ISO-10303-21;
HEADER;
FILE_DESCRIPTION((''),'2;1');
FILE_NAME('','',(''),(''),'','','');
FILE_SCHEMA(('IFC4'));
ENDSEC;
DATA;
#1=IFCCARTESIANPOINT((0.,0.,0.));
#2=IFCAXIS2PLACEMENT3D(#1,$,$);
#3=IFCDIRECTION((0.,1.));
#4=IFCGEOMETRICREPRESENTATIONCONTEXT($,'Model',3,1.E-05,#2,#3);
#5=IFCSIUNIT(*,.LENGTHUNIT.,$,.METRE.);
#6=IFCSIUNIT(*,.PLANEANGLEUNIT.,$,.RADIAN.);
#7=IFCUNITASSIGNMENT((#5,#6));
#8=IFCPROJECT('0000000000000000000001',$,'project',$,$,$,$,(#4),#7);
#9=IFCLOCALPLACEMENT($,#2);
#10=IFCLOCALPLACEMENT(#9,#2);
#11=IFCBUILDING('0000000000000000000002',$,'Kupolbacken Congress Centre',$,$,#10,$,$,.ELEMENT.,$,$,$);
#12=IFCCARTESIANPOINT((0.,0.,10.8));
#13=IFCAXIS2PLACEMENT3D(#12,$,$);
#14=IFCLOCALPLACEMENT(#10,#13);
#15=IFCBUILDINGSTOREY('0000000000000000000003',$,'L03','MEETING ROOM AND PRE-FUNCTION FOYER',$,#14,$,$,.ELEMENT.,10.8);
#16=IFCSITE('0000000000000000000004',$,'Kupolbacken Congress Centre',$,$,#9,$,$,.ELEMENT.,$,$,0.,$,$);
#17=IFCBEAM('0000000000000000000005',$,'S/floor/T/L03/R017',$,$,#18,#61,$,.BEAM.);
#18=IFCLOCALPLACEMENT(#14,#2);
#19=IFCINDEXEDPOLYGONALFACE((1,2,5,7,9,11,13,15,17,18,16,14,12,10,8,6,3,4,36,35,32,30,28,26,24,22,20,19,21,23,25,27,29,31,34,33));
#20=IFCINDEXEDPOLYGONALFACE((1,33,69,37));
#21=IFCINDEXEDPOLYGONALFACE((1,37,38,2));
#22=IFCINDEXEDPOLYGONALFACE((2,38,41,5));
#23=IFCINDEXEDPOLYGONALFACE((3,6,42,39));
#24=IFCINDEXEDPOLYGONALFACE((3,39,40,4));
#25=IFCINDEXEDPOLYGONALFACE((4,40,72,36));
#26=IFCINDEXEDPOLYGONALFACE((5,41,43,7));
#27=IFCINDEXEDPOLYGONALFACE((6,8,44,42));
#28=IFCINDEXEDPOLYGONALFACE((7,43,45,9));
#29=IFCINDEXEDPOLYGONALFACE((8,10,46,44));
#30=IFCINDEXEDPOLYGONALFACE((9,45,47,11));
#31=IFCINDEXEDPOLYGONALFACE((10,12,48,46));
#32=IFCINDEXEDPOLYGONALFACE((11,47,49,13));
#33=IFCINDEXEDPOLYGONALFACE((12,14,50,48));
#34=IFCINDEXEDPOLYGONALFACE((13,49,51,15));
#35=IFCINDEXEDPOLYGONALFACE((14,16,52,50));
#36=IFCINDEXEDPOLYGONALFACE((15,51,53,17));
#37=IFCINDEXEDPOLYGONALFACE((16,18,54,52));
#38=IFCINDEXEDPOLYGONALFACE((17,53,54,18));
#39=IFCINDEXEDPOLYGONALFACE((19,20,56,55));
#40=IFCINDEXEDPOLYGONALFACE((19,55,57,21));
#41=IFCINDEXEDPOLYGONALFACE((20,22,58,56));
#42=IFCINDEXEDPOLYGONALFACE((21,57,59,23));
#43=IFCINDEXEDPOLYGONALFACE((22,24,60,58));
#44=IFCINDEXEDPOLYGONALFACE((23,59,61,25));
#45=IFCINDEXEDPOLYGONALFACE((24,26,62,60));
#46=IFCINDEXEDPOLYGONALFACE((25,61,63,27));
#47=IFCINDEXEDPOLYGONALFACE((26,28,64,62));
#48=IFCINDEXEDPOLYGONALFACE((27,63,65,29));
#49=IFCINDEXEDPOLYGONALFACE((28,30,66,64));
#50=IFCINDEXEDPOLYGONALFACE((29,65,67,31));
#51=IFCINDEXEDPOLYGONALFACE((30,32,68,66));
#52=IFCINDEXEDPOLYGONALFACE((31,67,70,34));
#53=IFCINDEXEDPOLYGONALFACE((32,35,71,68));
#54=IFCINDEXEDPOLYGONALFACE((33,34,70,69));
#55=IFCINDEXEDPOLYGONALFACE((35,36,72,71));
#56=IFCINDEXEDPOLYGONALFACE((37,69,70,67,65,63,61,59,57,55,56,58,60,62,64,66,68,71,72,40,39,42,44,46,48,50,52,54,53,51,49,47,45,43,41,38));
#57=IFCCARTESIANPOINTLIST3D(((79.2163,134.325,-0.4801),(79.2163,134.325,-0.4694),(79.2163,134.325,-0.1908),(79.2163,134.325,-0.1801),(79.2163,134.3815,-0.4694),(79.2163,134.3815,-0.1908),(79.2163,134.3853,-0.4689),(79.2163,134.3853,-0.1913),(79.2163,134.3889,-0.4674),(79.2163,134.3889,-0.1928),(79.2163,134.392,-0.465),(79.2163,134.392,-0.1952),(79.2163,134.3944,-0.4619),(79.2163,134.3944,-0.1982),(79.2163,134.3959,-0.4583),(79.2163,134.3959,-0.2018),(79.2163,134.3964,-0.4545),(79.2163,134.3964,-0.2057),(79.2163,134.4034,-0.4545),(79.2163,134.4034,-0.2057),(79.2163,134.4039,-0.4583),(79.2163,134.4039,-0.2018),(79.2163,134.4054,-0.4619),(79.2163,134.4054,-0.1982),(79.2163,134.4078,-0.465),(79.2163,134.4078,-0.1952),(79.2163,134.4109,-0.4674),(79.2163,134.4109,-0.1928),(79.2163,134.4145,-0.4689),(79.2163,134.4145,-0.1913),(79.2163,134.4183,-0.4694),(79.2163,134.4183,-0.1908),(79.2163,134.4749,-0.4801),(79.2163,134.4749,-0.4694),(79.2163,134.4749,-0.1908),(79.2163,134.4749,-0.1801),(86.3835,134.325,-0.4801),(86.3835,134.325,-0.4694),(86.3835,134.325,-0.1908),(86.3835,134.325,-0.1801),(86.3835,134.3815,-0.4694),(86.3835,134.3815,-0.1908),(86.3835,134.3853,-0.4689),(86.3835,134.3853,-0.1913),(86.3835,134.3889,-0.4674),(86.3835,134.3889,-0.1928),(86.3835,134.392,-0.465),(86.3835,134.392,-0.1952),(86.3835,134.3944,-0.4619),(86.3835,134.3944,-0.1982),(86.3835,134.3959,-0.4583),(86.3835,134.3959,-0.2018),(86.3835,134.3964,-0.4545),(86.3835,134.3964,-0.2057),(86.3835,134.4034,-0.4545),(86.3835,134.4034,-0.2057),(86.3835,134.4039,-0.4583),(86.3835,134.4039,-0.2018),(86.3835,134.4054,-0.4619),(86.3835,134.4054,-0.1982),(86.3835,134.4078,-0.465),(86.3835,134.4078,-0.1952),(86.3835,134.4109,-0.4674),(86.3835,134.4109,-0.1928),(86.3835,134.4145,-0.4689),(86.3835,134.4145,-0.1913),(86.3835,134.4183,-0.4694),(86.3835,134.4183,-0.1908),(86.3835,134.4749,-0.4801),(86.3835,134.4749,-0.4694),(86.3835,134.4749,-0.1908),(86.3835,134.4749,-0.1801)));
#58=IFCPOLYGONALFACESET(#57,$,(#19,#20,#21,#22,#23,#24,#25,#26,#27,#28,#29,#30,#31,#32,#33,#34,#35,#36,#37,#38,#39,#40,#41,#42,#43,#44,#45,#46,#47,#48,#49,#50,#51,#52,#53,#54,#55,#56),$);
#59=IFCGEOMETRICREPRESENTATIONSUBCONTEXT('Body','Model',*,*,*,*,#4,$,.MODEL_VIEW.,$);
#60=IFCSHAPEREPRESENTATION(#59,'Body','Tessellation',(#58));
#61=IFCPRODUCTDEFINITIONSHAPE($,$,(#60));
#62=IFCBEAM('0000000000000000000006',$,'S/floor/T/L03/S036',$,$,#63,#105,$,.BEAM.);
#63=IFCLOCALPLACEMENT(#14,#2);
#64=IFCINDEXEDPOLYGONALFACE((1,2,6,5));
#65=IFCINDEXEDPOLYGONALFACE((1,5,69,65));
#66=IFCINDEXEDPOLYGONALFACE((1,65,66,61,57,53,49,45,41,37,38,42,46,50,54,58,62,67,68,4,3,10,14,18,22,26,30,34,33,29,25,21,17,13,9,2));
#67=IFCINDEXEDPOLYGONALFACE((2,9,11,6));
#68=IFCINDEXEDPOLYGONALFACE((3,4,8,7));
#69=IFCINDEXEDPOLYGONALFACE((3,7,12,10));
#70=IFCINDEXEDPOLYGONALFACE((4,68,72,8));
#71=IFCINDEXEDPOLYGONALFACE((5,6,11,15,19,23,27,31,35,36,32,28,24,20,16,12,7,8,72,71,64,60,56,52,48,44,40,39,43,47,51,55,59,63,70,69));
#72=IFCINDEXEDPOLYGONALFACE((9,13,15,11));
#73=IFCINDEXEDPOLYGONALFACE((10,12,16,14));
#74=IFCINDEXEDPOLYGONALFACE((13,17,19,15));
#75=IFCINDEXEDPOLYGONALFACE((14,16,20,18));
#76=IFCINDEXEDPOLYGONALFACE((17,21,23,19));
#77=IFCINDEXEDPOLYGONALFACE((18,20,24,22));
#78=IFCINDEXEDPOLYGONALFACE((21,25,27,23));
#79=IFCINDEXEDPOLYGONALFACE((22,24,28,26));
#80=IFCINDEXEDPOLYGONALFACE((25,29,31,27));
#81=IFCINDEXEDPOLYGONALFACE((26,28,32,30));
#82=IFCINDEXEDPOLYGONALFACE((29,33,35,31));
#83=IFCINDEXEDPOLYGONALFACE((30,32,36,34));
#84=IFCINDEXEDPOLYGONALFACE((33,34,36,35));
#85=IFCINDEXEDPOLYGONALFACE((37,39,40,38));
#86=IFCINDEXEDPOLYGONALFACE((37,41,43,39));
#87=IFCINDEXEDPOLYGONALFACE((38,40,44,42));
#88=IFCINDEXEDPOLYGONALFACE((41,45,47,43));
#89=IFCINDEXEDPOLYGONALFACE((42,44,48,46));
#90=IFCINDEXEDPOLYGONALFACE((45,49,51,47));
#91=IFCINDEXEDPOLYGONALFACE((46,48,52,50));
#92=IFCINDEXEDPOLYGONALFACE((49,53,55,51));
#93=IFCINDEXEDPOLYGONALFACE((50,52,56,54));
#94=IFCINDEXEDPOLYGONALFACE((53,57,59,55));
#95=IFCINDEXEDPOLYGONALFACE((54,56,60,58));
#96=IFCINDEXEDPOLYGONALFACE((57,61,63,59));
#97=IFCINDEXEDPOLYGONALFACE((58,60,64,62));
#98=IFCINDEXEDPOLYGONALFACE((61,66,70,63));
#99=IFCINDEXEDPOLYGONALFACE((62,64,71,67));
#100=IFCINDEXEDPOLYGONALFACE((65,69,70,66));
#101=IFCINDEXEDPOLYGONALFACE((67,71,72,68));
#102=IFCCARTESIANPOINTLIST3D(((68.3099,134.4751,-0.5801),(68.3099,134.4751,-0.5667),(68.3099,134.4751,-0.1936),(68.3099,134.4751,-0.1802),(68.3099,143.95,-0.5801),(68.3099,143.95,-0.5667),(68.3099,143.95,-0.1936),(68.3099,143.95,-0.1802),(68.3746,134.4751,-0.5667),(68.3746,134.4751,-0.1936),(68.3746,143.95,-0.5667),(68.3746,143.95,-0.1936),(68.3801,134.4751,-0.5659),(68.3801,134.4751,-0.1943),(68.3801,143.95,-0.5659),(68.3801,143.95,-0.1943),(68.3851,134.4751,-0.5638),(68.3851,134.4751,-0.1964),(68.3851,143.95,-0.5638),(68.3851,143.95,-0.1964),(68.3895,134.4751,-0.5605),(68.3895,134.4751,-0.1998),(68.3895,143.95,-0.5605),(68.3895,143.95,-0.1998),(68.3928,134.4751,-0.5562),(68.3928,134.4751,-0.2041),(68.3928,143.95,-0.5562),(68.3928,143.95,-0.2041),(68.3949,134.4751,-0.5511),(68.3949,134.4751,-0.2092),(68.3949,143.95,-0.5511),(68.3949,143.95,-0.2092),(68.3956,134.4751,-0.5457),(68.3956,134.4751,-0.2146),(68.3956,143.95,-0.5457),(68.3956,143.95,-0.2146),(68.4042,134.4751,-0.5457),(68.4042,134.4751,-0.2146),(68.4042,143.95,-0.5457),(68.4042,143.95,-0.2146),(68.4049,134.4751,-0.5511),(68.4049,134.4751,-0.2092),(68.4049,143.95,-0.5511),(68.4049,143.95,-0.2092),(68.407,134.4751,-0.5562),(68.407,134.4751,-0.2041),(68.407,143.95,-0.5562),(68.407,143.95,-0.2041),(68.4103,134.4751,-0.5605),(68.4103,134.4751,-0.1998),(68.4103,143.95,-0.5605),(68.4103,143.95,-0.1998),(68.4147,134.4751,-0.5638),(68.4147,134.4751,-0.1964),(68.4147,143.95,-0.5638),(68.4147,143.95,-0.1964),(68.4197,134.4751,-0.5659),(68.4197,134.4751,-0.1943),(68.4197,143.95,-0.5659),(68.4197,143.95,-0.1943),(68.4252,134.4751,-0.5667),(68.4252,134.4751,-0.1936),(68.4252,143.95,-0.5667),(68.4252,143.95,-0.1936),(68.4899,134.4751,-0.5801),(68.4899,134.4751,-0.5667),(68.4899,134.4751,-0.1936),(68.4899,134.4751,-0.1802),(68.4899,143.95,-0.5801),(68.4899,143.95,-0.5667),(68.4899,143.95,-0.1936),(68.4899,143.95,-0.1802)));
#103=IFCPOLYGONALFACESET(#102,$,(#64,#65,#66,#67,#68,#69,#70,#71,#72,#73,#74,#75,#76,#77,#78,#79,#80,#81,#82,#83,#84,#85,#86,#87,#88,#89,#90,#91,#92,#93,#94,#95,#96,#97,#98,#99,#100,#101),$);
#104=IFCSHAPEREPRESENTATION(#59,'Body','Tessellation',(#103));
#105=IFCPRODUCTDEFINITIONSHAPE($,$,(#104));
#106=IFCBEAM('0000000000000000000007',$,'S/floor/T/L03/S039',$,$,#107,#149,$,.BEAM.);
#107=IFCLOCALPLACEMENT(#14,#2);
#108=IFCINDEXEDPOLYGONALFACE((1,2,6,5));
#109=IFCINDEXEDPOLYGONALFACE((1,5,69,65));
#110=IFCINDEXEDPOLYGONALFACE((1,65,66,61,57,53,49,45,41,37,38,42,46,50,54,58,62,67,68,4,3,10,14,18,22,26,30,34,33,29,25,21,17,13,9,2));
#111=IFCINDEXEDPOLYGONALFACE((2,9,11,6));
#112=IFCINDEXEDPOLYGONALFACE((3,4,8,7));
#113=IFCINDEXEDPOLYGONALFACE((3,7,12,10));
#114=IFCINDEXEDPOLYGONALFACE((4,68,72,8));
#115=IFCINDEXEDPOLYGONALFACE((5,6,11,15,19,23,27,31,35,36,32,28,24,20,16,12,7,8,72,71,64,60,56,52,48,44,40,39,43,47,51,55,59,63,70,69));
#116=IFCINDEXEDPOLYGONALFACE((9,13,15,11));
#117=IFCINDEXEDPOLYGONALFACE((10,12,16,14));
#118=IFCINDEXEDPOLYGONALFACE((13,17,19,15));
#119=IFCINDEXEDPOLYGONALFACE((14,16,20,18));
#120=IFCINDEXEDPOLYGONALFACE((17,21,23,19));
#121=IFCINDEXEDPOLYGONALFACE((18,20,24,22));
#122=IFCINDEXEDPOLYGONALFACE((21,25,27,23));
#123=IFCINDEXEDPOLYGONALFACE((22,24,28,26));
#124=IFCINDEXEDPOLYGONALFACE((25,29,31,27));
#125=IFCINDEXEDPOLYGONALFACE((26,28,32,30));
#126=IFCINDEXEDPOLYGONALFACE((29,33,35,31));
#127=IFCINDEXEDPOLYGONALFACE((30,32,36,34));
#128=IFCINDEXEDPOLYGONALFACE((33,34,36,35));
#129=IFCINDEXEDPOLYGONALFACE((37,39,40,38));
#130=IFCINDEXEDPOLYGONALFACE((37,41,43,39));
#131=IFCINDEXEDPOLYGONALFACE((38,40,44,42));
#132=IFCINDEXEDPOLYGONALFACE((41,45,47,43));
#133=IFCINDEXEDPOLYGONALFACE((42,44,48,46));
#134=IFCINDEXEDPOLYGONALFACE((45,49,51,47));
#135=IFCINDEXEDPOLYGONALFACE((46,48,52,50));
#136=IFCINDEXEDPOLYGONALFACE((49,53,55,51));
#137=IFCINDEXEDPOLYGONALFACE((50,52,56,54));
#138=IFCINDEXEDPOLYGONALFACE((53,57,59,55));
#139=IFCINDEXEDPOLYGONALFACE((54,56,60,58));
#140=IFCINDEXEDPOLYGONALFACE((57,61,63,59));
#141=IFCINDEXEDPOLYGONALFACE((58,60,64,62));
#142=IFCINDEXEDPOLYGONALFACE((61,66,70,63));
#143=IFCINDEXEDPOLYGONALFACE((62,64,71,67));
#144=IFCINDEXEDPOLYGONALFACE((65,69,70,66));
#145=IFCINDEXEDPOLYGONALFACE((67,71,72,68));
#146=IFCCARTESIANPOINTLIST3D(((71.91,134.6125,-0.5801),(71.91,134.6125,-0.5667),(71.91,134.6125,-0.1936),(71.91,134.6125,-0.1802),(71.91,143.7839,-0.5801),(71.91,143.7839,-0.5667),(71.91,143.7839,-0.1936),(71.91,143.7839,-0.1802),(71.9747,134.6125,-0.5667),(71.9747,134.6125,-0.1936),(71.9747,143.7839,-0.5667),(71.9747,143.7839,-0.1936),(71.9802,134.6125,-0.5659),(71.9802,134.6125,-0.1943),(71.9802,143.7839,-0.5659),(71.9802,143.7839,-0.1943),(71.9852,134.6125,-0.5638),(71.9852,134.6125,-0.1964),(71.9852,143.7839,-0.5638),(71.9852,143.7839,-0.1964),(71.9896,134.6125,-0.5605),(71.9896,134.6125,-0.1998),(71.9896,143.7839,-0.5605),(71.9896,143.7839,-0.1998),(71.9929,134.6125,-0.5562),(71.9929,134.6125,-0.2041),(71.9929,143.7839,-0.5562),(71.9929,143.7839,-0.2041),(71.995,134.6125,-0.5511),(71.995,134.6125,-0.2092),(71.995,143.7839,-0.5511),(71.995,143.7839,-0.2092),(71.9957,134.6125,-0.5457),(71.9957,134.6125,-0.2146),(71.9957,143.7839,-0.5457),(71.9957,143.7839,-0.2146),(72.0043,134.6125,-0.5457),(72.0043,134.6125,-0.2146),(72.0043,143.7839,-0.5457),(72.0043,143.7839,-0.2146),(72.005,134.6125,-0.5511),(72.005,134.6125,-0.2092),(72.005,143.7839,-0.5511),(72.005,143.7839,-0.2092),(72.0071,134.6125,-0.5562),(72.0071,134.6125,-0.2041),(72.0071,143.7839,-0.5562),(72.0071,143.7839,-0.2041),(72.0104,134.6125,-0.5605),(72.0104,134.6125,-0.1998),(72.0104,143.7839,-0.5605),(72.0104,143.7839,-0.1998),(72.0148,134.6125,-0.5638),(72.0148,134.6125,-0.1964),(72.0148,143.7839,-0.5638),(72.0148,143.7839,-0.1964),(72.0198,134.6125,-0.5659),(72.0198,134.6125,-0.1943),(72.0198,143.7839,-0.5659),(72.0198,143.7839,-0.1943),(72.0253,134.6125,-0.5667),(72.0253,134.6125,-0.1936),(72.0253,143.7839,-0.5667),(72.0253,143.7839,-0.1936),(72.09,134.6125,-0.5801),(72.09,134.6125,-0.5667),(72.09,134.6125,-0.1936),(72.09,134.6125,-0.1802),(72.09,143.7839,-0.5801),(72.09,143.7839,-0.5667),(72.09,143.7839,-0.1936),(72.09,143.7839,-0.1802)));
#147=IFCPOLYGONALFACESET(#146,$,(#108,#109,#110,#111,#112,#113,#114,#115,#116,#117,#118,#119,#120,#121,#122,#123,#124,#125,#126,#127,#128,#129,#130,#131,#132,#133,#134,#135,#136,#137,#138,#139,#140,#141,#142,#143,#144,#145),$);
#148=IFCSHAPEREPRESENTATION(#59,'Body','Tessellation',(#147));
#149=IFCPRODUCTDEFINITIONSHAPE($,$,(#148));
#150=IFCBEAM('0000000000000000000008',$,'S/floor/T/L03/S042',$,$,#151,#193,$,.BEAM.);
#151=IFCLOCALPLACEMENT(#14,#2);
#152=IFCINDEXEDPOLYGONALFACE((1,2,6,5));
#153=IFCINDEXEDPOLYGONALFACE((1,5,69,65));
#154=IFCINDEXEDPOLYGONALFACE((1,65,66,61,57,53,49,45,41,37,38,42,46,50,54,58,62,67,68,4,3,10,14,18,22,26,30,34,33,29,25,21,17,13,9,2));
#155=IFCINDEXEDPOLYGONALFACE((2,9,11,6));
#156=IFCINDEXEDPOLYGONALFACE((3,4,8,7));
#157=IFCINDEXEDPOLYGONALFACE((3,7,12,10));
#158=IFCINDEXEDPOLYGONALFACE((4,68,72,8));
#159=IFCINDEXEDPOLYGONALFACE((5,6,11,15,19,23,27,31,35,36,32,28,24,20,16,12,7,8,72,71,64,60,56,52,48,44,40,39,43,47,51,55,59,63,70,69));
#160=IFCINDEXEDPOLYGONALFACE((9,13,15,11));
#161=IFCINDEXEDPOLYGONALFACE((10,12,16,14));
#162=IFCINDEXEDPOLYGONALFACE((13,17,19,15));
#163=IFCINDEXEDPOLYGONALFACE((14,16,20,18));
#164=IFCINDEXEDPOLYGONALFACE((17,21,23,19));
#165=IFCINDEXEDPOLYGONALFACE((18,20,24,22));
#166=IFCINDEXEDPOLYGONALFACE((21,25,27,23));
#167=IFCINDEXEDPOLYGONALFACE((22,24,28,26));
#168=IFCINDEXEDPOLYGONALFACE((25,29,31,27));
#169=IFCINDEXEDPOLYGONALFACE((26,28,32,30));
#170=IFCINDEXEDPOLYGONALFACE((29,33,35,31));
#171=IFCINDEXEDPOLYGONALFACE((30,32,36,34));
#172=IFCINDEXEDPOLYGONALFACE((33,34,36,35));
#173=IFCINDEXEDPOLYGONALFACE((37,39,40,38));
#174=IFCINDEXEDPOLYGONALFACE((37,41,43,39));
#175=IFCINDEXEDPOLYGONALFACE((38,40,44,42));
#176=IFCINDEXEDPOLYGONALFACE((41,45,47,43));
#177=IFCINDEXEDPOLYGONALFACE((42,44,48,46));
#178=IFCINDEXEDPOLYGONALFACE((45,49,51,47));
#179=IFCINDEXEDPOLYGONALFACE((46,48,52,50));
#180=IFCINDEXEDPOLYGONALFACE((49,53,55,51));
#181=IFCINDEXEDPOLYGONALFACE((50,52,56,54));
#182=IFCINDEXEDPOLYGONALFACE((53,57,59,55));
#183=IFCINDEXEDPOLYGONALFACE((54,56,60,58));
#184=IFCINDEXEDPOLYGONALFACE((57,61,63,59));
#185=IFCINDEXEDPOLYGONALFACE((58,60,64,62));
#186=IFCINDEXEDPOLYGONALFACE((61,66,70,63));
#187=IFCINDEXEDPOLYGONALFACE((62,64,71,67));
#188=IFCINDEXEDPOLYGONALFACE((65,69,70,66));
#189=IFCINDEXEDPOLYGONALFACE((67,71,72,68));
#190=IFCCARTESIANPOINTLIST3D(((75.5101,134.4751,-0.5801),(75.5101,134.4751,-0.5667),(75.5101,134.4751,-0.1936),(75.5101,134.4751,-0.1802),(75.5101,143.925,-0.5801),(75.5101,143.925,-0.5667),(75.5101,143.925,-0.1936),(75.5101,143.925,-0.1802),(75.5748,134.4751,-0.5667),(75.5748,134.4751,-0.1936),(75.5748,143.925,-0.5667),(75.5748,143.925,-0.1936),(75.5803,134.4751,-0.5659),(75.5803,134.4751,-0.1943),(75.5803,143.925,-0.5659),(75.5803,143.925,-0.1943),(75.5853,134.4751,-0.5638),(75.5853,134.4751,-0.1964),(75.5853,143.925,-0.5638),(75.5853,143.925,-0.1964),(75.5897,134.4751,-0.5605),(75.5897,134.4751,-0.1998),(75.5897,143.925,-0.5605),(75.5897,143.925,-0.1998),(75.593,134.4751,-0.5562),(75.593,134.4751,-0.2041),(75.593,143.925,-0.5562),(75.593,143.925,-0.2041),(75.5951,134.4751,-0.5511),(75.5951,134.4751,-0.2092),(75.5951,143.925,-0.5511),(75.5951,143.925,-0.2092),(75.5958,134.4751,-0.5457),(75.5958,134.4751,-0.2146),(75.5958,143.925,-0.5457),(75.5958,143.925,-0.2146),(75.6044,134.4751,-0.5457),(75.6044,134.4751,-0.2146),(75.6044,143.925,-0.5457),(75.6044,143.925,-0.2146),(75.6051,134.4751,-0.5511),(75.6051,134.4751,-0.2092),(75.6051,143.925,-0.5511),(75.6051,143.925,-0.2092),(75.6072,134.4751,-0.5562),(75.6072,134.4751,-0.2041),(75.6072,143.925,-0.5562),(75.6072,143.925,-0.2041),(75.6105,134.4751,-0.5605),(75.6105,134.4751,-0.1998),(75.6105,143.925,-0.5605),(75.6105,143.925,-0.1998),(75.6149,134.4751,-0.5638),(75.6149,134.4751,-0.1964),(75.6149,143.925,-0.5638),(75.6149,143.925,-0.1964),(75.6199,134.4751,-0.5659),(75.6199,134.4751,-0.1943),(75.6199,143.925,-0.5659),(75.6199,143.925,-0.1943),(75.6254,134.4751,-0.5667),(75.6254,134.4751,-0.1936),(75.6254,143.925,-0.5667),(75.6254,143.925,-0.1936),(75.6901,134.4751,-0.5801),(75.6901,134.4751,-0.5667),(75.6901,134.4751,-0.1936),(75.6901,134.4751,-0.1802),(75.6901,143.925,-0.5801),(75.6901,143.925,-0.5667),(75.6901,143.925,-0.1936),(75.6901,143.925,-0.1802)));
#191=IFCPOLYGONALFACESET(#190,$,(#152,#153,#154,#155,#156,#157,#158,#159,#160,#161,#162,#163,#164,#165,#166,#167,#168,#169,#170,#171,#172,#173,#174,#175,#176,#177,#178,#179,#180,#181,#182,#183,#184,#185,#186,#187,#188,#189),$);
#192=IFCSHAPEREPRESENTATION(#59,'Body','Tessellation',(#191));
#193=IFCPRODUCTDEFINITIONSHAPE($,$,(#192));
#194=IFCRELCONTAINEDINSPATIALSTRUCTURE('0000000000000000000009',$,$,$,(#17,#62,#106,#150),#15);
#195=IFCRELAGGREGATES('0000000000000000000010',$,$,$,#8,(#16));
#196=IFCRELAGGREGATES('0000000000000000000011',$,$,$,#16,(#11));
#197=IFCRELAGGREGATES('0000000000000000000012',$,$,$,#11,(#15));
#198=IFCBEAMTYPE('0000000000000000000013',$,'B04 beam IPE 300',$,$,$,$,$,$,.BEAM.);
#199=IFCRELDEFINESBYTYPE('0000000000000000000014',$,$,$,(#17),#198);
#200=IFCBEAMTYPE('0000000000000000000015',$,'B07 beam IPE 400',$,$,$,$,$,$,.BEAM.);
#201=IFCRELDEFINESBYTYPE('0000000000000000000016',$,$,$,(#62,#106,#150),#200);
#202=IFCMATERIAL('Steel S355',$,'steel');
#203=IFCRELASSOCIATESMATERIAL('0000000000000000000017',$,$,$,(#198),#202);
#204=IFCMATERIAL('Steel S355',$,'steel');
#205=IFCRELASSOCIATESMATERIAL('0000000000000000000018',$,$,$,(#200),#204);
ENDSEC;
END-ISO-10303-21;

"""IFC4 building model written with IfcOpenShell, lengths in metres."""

from ifc_helpers import new_model, si_unit, direction, frame, origin, origin_2d, place, context, subcontext, project, spatial, i_section, extrude, material, material_profile, profile_set, type_object, element, save


model = new_model("IFC4")

# Units and contexts
model_context = context("Model", 3, precision=1e-05, world=origin(), true_north=direction((0.0, 1.0)))
body_context = subcontext(model_context, "Body", "Model", "MODEL_VIEW")
ifc_project = project(units=[si_unit("LENGTHUNIT", "METRE"), si_unit("PLANEANGLEUNIT", "RADIAN")], contexts=[model_context])

# Site, building, storey
site_placement = place(None, origin())
site = spatial("IfcSite", under=ifc_project, at=site_placement, Name="Kupolbacken Congress Centre", CompositionType="ELEMENT", RefElevation=0.0)
building_placement = place(site_placement, origin())
building = spatial("IfcBuilding", under=site, at=building_placement, Name="Kupolbacken Congress Centre", CompositionType="ELEMENT")
storey_placement = place(building_placement, frame((0.0, 0.0, 10.8)))
storey = spatial("IfcBuildingStorey", under=building, at=storey_placement, Name="L03", Description="MEETING ROOM AND PRE-FUNCTION FOYER", CompositionType="ELEMENT", Elevation=10.8)

# Beams
ifc_material_1 = material(Name="Steel S355", Category="steel")
ifc_material_profile_1 = material_profile(ifc_material_1, i_section(OverallWidth=0.1499, OverallDepth=0.3, WebThickness=0.0071, FlangeThickness=0.0107, FilletRadius=0.0149, at=origin_2d()), Name="IPE 300")
ifc_profile_set_1 = profile_set([ifc_material_profile_1], Name="Steel S355")
beam_type_1 = type_object("IfcBeamType", Name="B04 beam IPE 300", PredefinedType="BEAM", material=ifc_profile_set_1)
for number, where, z_axis, x_axis, name in (
    (1, (79.2163, 134.3999, -0.3301), (1.0, 0.0, 0.0), (0.0, 1.0, 0.0), "S/floor/T/L03/R017"),
):
    element("IfcBeam", number, at=place(storey_placement, frame(where, z_axis=z_axis, x_axis=x_axis)), inside=storey, type_object=beam_type_1, Name=name, PredefinedType="BEAM", context=body_context, shape_type="SweptSolid", body=[
        extrude(i_section(OverallWidth=0.1499, OverallDepth=0.3, WebThickness=0.0071, FlangeThickness=0.0107, FilletRadius=0.0149, at=origin_2d()), origin(), (0.0, 0.0, 1.0), 7.1672),
    ])
ifc_material_2 = material(Name="Steel S355", Category="steel")
ifc_material_profile_2 = material_profile(ifc_material_2, i_section(OverallWidth=0.1799, OverallDepth=0.3999, WebThickness=0.0085, FlangeThickness=0.0134, FilletRadius=0.021, at=origin_2d()), Name="IPE 400")
ifc_profile_set_2 = profile_set([ifc_material_profile_2], Name="Steel S355")
beam_type_2 = type_object("IfcBeamType", Name="B07 beam IPE 400", PredefinedType="BEAM", material=ifc_profile_set_2)
beam_1_placement = place(storey_placement, frame((68.3999, 134.4751, -0.3801), z_axis=(0.0, 1.0, 0.0), x_axis=(-1.0, 0.0, 0.0)))
element("IfcBeam", 2, at=beam_1_placement, inside=storey, type_object=beam_type_2, Name="S/floor/T/L03/S036", PredefinedType="BEAM", context=body_context, shape_type="SweptSolid", body=[
    extrude(i_section(OverallWidth=0.1799, OverallDepth=0.3999, WebThickness=0.0085, FlangeThickness=0.0134, FilletRadius=0.021, at=origin_2d()), origin(), (0.0, 0.0, 1.0), 9.4749),
])
beam_2_placement = place(storey_placement, frame((72.0, 134.6125, -0.3801), z_axis=(0.0, 1.0, 0.0), x_axis=(-1.0, 0.0, 0.0)))
element("IfcBeam", 3, at=beam_2_placement, inside=storey, type_object=beam_type_2, Name="S/floor/T/L03/S039", PredefinedType="BEAM", context=body_context, shape_type="SweptSolid", body=[
    extrude(i_section(OverallWidth=0.1799, OverallDepth=0.3999, WebThickness=0.0085, FlangeThickness=0.0134, FilletRadius=0.021, at=origin_2d()), origin(), (0.0, 0.0, 1.0), 9.1714),
])
beam_3_placement = place(storey_placement, frame((75.6001, 134.4751, -0.3801), z_axis=(0.0, 1.0, 0.0), x_axis=(-1.0, 0.0, 0.0)))
element("IfcBeam", 4, at=beam_3_placement, inside=storey, type_object=beam_type_2, Name="S/floor/T/L03/S042", PredefinedType="BEAM", context=body_context, shape_type="SweptSolid", body=[
    extrude(i_section(OverallWidth=0.1799, OverallDepth=0.3999, WebThickness=0.0085, FlangeThickness=0.0134, FilletRadius=0.021, at=origin_2d()), origin(), (0.0, 0.0, 1.0), 9.45),
])

save(model, "model.ifc")
